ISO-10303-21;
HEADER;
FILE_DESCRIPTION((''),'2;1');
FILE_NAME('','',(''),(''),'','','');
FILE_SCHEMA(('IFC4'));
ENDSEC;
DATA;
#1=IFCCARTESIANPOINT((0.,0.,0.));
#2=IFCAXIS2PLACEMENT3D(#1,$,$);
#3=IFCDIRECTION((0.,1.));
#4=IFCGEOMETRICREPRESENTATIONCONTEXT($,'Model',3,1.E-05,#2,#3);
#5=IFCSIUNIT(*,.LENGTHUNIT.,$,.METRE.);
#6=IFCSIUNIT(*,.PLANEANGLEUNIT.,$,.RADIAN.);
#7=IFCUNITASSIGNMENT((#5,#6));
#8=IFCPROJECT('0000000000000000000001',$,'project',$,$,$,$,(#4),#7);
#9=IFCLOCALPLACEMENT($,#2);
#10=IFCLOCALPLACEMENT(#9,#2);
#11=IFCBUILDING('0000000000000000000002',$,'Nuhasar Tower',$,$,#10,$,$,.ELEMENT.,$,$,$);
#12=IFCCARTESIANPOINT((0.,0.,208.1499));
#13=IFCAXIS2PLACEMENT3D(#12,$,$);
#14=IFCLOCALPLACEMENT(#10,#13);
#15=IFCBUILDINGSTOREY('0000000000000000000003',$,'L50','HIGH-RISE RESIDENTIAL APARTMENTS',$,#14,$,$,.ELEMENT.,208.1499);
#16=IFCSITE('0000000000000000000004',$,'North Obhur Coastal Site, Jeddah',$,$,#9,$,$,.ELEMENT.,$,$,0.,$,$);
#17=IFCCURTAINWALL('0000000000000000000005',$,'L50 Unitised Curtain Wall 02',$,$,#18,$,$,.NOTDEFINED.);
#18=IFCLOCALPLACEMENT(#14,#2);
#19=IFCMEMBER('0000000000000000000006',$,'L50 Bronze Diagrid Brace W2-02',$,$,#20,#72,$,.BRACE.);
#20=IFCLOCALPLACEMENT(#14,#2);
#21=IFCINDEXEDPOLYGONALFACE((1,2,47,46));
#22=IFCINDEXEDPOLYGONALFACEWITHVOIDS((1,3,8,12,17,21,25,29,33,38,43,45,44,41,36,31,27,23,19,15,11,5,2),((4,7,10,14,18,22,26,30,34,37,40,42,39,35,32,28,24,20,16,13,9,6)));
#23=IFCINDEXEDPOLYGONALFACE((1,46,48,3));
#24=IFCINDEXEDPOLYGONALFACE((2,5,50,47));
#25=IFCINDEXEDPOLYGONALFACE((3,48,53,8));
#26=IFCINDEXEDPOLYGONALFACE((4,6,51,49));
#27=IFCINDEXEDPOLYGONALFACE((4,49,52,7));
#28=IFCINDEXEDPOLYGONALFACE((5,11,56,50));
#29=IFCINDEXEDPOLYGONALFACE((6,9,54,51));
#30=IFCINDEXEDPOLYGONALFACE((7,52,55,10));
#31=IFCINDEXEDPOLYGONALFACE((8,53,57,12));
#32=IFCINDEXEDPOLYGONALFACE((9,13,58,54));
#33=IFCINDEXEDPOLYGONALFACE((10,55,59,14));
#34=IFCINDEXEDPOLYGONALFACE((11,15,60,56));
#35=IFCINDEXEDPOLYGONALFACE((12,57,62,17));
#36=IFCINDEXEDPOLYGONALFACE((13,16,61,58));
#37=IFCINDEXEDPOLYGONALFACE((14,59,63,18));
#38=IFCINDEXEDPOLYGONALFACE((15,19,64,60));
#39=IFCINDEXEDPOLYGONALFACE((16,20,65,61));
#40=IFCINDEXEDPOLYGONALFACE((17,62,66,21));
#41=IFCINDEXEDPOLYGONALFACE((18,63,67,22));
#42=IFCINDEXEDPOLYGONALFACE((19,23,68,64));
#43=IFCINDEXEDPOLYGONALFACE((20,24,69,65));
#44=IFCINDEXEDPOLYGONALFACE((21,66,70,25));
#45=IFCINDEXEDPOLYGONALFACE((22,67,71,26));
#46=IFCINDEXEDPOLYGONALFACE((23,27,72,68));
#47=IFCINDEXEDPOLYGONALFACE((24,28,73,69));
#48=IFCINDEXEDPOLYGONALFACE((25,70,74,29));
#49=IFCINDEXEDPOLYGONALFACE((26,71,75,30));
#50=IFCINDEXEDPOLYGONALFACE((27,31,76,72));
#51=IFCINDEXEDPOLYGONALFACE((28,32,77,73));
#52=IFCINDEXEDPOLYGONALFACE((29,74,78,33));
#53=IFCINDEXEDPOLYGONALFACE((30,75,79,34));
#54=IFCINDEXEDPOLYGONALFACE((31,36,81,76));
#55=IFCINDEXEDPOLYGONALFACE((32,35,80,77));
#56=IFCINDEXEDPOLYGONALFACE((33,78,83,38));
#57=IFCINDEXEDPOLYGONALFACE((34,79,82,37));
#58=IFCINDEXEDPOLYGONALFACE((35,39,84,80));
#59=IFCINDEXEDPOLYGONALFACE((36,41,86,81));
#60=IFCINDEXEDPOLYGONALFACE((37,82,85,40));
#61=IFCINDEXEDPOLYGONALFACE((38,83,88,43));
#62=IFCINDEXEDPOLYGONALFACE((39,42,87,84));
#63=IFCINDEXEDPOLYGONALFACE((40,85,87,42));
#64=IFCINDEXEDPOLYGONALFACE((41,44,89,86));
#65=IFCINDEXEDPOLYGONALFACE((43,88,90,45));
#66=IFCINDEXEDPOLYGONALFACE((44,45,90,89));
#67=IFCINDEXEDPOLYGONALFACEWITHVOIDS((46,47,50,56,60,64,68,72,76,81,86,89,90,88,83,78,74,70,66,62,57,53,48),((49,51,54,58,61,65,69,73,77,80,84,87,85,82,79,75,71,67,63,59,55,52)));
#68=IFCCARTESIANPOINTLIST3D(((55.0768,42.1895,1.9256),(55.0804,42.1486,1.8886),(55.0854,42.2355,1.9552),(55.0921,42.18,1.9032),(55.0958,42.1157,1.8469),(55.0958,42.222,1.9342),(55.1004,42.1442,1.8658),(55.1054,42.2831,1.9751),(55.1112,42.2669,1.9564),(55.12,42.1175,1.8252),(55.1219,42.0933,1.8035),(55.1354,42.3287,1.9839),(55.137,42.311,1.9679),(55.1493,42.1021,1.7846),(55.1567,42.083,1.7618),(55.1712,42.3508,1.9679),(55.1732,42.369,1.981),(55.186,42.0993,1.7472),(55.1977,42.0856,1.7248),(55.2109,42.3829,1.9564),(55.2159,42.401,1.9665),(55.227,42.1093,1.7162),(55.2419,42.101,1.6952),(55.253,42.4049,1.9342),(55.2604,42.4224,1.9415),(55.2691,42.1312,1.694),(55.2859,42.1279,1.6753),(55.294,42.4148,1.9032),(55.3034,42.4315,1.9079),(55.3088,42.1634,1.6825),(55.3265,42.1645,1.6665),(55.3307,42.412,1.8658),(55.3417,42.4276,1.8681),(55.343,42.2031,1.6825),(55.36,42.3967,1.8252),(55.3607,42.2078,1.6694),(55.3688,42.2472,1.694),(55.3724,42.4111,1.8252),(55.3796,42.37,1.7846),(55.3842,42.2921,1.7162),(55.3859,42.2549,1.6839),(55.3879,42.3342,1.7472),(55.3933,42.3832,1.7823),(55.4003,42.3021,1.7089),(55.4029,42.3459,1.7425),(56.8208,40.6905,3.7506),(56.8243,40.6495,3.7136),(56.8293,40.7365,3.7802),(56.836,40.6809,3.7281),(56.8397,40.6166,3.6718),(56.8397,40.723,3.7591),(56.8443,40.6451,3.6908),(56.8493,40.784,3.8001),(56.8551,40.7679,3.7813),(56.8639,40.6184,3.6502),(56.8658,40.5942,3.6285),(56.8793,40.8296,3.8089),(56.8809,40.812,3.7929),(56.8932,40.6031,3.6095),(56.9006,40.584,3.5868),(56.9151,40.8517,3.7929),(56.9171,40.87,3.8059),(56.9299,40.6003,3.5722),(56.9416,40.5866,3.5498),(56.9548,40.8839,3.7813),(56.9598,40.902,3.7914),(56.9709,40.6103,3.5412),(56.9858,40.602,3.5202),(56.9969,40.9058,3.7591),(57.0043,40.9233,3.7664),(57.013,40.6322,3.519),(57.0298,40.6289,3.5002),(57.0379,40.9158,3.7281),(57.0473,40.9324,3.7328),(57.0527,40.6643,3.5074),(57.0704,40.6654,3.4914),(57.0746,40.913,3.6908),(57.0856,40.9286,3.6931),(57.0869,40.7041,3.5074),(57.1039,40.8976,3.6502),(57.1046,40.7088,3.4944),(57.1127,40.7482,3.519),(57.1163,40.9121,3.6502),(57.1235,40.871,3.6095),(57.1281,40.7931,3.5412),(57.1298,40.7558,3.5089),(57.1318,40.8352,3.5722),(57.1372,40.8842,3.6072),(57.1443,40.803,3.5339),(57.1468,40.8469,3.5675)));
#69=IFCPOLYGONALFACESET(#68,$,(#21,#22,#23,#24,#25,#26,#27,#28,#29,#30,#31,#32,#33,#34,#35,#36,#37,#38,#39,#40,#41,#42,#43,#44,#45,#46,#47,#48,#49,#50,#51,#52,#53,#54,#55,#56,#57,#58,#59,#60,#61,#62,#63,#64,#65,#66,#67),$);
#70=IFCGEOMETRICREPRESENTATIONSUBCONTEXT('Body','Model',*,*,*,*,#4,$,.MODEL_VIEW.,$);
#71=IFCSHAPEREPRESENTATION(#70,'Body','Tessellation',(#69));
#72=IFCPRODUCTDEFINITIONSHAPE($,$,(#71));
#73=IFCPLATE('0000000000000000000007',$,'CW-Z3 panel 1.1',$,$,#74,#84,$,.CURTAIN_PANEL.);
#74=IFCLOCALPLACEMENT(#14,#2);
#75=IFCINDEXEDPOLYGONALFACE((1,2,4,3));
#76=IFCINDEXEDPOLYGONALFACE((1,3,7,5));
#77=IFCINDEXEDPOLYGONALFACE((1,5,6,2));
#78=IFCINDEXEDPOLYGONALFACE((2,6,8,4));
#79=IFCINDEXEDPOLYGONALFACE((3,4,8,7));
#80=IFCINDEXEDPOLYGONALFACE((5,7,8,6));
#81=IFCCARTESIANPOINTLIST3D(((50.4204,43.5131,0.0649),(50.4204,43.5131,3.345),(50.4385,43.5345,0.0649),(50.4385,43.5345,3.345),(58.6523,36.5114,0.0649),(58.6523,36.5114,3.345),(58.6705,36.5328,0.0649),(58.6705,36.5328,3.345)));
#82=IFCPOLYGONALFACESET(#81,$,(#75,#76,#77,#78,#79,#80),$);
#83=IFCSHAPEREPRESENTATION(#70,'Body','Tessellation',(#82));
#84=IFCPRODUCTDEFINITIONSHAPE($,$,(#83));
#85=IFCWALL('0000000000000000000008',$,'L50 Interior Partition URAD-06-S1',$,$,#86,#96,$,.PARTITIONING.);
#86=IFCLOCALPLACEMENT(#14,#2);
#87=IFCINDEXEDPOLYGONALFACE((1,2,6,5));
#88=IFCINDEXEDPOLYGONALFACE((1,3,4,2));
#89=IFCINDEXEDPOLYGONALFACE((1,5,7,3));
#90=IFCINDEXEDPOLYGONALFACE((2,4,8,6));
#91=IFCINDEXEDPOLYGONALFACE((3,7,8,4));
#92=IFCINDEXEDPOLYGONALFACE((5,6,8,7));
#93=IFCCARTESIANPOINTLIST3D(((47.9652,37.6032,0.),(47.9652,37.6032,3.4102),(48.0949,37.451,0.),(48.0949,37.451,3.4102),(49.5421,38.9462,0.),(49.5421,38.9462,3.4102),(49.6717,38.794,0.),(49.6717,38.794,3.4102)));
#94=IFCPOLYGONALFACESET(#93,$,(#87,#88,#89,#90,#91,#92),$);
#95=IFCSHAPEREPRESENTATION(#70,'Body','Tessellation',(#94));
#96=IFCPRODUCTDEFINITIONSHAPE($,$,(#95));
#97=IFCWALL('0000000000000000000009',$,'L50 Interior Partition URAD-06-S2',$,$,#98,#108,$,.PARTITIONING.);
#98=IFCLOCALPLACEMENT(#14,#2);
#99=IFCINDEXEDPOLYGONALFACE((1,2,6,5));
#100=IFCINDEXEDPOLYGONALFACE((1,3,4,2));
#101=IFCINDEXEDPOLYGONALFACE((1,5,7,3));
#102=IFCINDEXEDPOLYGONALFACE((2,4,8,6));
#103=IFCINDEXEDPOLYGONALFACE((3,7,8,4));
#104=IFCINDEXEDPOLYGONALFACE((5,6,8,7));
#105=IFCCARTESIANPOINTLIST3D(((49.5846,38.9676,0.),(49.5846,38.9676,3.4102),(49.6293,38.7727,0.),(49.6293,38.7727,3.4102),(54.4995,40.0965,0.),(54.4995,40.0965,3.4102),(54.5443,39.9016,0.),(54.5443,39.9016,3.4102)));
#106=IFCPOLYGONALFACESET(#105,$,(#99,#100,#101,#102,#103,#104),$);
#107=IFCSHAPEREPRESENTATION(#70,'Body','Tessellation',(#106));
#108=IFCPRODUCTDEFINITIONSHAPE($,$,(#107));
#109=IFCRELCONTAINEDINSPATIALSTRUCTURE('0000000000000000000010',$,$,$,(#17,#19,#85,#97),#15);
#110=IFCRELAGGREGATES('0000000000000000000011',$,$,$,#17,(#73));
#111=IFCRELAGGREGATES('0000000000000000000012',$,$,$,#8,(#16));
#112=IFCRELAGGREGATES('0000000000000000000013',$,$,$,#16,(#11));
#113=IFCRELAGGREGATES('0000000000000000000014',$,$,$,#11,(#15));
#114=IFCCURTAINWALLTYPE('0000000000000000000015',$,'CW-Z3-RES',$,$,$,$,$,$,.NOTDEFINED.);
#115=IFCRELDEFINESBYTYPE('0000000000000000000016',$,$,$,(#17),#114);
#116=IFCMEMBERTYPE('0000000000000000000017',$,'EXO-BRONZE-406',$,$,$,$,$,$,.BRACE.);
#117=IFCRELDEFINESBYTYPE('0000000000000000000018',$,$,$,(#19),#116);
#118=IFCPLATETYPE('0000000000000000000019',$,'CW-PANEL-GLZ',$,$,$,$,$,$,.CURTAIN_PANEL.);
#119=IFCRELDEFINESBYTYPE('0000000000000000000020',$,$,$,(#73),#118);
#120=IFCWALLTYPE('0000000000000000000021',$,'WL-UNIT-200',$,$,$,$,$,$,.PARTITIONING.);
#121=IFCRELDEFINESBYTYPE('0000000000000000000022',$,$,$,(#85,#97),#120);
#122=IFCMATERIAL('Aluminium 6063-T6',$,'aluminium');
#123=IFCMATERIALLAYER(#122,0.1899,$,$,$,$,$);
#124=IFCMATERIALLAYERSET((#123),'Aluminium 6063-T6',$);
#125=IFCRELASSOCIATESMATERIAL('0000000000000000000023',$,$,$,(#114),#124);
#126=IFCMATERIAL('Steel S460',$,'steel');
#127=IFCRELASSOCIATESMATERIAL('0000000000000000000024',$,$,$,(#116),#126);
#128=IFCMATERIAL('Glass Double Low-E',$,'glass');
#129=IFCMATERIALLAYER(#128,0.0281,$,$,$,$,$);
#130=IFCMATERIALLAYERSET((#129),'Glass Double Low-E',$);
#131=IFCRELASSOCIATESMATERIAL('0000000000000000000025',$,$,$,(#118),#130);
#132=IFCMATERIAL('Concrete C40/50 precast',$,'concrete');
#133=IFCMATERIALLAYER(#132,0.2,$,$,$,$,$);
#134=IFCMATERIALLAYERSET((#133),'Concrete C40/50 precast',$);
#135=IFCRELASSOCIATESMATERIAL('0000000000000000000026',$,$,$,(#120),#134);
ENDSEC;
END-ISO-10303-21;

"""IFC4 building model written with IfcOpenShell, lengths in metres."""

from ifc_helpers import new_model, si_unit, direction, frame, frame_2d, origin, origin_2d, place, context, subcontext, project, spatial, rectangle, hollow_circle, extrude, material, layer, layer_set, material_profile, profile_set, type_object, element, aggregate, save


model = new_model("IFC4")

# Units and contexts
model_context = context("Model", 3, precision=1e-05, world=origin(), true_north=direction((0.0, 1.0)))
body_context = subcontext(model_context, "Body", "Model", "MODEL_VIEW")
ifc_project = project(units=[si_unit("LENGTHUNIT", "METRE"), si_unit("PLANEANGLEUNIT", "RADIAN")], contexts=[model_context])

# Site, building, storey
site_placement = place(None, origin())
site = spatial("IfcSite", under=ifc_project, at=site_placement, Name="North Obhur Coastal Site, Jeddah", CompositionType="ELEMENT", RefElevation=0.0)
building_placement = place(site_placement, origin())
building = spatial("IfcBuilding", under=site, at=building_placement, Name="Nuhasar Tower", CompositionType="ELEMENT")
storey_placement = place(building_placement, frame((0.0, 0.0, 208.1499)))
storey = spatial("IfcBuildingStorey", under=building, at=storey_placement, Name="L50", Description="HIGH-RISE RESIDENTIAL APARTMENTS", CompositionType="ELEMENT", Elevation=208.1499)

# Shared definitions
ifc_material_1 = material(Name="Aluminium 6063-T6", Category="aluminium")
ifc_layer_1 = layer(ifc_material_1, 0.1899)
ifc_layer_set_1 = layer_set([ifc_layer_1], Name="Aluminium 6063-T6")
curtain_wall_type = type_object("IfcCurtainWallType", Name="CW-Z3-RES", PredefinedType="NOTDEFINED", material=ifc_layer_set_1)

# Curtain wall
curtain_wall_1_placement = place(storey_placement, origin())
curtain_wall_1 = element("IfcCurtainWall", 1, at=curtain_wall_1_placement, inside=storey, type_object=curtain_wall_type, Name="L50 Unitised Curtain Wall 02", PredefinedType="NOTDEFINED")

# Member
ifc_material_2 = material(Name="Steel S460", Category="steel")
ifc_material_profile_1 = material_profile(ifc_material_2, hollow_circle(Radius=0.2031, WallThickness=0.019, at=origin_2d()), Name="HSS406.4X19.1")
ifc_profile_set_1 = profile_set([ifc_material_profile_1], Name="Steel S460")
member_type_1 = type_object("IfcMemberType", Name="EXO-BRONZE-406", PredefinedType="BRACE", material=ifc_profile_set_1)
for number, where, z_axis, x_axis, name in (
    (2, (55.24, 42.2571, 1.8252), (0.594019, -0.510608, 0.621628), (0.651857, 0.758342, 0.0), "L50 Bronze Diagrid Brace W2-02"),
):
    element("IfcMember", number, at=place(storey_placement, frame(where, z_axis=z_axis, x_axis=x_axis)), inside=storey, type_object=member_type_1, Name=name, PredefinedType="BRACE", context=body_context, shape_type="SweptSolid", body=[
        extrude(hollow_circle(Radius=0.2031, WallThickness=0.019, at=origin_2d()), origin(), (0.0, 0.0, 1.0), 2.9358),
    ])

# Plate
ifc_material_3 = material(Name="Glass Double Low-E", Category="glass")
ifc_layer_2 = layer(ifc_material_3, 0.0281)
ifc_layer_set_2 = layer_set([ifc_layer_2], Name="Glass Double Low-E")
plate_type = type_object("IfcPlateType", Name="CW-PANEL-GLZ", PredefinedType="CURTAIN_PANEL", material=ifc_layer_set_2)
plate_placement = place(storey_placement, frame((54.5454, 40.0229, 0.0649), z_axis=(0.0, 0.0, 1.0), x_axis=(-0.761729, 0.647895, 0.0)))
plate = element("IfcPlate", 3, at=plate_placement, type_object=plate_type, Name="CW-Z3 panel 1.1", PredefinedType="CURTAIN_PANEL", context=body_context, shape_type="SweptSolid", body=[
    extrude(rectangle(XDim=10.8069, YDim=0.0281, at=origin_2d()), origin(), (0.0, 0.0, 1.0), 3.28),
])
aggregate(curtain_wall_1, [plate])

# Walls
ifc_material_4 = material(Name="Concrete C40/50 precast", Category="concrete")
ifc_layer_3 = layer(ifc_material_4, 0.2)
ifc_layer_set_3 = layer_set([ifc_layer_3], Name="Concrete C40/50 precast")
wall_type = type_object("IfcWallType", Name="WL-UNIT-200", PredefinedType="PARTITIONING", material=ifc_layer_set_3)
wall_1_placement = place(storey_placement, frame((48.03, 37.5271, 0.0), z_axis=(0.0, 0.0, 1.0), x_axis=(0.761308, 0.648391, 0.0)))
element("IfcWall", 4, at=wall_1_placement, inside=storey, type_object=wall_type, Name="L50 Interior Partition URAD-06-S1", PredefinedType="PARTITIONING", context=body_context, shape_type="SweptSolid", body=[
    extrude(rectangle(XDim=2.0713, YDim=0.2, at=frame_2d((1.0356, 0.0))), origin(), (0.0, 0.0, 1.0), 3.4102),
])
wall_2_placement = place(storey_placement, frame((49.6069, 38.8701, 0.0), z_axis=(0.0, 0.0, 1.0), x_axis=(0.974622, 0.223855, 0.0)))
element("IfcWall", 5, at=wall_2_placement, inside=storey, type_object=wall_type, Name="L50 Interior Partition URAD-06-S2", PredefinedType="PARTITIONING", context=body_context, shape_type="SweptSolid", body=[
    extrude(rectangle(XDim=5.043, YDim=0.2, at=frame_2d((2.5215, 0.0))), origin(), (0.0, 0.0, 1.0), 3.4102),
])

save(model, "model.ifc")
